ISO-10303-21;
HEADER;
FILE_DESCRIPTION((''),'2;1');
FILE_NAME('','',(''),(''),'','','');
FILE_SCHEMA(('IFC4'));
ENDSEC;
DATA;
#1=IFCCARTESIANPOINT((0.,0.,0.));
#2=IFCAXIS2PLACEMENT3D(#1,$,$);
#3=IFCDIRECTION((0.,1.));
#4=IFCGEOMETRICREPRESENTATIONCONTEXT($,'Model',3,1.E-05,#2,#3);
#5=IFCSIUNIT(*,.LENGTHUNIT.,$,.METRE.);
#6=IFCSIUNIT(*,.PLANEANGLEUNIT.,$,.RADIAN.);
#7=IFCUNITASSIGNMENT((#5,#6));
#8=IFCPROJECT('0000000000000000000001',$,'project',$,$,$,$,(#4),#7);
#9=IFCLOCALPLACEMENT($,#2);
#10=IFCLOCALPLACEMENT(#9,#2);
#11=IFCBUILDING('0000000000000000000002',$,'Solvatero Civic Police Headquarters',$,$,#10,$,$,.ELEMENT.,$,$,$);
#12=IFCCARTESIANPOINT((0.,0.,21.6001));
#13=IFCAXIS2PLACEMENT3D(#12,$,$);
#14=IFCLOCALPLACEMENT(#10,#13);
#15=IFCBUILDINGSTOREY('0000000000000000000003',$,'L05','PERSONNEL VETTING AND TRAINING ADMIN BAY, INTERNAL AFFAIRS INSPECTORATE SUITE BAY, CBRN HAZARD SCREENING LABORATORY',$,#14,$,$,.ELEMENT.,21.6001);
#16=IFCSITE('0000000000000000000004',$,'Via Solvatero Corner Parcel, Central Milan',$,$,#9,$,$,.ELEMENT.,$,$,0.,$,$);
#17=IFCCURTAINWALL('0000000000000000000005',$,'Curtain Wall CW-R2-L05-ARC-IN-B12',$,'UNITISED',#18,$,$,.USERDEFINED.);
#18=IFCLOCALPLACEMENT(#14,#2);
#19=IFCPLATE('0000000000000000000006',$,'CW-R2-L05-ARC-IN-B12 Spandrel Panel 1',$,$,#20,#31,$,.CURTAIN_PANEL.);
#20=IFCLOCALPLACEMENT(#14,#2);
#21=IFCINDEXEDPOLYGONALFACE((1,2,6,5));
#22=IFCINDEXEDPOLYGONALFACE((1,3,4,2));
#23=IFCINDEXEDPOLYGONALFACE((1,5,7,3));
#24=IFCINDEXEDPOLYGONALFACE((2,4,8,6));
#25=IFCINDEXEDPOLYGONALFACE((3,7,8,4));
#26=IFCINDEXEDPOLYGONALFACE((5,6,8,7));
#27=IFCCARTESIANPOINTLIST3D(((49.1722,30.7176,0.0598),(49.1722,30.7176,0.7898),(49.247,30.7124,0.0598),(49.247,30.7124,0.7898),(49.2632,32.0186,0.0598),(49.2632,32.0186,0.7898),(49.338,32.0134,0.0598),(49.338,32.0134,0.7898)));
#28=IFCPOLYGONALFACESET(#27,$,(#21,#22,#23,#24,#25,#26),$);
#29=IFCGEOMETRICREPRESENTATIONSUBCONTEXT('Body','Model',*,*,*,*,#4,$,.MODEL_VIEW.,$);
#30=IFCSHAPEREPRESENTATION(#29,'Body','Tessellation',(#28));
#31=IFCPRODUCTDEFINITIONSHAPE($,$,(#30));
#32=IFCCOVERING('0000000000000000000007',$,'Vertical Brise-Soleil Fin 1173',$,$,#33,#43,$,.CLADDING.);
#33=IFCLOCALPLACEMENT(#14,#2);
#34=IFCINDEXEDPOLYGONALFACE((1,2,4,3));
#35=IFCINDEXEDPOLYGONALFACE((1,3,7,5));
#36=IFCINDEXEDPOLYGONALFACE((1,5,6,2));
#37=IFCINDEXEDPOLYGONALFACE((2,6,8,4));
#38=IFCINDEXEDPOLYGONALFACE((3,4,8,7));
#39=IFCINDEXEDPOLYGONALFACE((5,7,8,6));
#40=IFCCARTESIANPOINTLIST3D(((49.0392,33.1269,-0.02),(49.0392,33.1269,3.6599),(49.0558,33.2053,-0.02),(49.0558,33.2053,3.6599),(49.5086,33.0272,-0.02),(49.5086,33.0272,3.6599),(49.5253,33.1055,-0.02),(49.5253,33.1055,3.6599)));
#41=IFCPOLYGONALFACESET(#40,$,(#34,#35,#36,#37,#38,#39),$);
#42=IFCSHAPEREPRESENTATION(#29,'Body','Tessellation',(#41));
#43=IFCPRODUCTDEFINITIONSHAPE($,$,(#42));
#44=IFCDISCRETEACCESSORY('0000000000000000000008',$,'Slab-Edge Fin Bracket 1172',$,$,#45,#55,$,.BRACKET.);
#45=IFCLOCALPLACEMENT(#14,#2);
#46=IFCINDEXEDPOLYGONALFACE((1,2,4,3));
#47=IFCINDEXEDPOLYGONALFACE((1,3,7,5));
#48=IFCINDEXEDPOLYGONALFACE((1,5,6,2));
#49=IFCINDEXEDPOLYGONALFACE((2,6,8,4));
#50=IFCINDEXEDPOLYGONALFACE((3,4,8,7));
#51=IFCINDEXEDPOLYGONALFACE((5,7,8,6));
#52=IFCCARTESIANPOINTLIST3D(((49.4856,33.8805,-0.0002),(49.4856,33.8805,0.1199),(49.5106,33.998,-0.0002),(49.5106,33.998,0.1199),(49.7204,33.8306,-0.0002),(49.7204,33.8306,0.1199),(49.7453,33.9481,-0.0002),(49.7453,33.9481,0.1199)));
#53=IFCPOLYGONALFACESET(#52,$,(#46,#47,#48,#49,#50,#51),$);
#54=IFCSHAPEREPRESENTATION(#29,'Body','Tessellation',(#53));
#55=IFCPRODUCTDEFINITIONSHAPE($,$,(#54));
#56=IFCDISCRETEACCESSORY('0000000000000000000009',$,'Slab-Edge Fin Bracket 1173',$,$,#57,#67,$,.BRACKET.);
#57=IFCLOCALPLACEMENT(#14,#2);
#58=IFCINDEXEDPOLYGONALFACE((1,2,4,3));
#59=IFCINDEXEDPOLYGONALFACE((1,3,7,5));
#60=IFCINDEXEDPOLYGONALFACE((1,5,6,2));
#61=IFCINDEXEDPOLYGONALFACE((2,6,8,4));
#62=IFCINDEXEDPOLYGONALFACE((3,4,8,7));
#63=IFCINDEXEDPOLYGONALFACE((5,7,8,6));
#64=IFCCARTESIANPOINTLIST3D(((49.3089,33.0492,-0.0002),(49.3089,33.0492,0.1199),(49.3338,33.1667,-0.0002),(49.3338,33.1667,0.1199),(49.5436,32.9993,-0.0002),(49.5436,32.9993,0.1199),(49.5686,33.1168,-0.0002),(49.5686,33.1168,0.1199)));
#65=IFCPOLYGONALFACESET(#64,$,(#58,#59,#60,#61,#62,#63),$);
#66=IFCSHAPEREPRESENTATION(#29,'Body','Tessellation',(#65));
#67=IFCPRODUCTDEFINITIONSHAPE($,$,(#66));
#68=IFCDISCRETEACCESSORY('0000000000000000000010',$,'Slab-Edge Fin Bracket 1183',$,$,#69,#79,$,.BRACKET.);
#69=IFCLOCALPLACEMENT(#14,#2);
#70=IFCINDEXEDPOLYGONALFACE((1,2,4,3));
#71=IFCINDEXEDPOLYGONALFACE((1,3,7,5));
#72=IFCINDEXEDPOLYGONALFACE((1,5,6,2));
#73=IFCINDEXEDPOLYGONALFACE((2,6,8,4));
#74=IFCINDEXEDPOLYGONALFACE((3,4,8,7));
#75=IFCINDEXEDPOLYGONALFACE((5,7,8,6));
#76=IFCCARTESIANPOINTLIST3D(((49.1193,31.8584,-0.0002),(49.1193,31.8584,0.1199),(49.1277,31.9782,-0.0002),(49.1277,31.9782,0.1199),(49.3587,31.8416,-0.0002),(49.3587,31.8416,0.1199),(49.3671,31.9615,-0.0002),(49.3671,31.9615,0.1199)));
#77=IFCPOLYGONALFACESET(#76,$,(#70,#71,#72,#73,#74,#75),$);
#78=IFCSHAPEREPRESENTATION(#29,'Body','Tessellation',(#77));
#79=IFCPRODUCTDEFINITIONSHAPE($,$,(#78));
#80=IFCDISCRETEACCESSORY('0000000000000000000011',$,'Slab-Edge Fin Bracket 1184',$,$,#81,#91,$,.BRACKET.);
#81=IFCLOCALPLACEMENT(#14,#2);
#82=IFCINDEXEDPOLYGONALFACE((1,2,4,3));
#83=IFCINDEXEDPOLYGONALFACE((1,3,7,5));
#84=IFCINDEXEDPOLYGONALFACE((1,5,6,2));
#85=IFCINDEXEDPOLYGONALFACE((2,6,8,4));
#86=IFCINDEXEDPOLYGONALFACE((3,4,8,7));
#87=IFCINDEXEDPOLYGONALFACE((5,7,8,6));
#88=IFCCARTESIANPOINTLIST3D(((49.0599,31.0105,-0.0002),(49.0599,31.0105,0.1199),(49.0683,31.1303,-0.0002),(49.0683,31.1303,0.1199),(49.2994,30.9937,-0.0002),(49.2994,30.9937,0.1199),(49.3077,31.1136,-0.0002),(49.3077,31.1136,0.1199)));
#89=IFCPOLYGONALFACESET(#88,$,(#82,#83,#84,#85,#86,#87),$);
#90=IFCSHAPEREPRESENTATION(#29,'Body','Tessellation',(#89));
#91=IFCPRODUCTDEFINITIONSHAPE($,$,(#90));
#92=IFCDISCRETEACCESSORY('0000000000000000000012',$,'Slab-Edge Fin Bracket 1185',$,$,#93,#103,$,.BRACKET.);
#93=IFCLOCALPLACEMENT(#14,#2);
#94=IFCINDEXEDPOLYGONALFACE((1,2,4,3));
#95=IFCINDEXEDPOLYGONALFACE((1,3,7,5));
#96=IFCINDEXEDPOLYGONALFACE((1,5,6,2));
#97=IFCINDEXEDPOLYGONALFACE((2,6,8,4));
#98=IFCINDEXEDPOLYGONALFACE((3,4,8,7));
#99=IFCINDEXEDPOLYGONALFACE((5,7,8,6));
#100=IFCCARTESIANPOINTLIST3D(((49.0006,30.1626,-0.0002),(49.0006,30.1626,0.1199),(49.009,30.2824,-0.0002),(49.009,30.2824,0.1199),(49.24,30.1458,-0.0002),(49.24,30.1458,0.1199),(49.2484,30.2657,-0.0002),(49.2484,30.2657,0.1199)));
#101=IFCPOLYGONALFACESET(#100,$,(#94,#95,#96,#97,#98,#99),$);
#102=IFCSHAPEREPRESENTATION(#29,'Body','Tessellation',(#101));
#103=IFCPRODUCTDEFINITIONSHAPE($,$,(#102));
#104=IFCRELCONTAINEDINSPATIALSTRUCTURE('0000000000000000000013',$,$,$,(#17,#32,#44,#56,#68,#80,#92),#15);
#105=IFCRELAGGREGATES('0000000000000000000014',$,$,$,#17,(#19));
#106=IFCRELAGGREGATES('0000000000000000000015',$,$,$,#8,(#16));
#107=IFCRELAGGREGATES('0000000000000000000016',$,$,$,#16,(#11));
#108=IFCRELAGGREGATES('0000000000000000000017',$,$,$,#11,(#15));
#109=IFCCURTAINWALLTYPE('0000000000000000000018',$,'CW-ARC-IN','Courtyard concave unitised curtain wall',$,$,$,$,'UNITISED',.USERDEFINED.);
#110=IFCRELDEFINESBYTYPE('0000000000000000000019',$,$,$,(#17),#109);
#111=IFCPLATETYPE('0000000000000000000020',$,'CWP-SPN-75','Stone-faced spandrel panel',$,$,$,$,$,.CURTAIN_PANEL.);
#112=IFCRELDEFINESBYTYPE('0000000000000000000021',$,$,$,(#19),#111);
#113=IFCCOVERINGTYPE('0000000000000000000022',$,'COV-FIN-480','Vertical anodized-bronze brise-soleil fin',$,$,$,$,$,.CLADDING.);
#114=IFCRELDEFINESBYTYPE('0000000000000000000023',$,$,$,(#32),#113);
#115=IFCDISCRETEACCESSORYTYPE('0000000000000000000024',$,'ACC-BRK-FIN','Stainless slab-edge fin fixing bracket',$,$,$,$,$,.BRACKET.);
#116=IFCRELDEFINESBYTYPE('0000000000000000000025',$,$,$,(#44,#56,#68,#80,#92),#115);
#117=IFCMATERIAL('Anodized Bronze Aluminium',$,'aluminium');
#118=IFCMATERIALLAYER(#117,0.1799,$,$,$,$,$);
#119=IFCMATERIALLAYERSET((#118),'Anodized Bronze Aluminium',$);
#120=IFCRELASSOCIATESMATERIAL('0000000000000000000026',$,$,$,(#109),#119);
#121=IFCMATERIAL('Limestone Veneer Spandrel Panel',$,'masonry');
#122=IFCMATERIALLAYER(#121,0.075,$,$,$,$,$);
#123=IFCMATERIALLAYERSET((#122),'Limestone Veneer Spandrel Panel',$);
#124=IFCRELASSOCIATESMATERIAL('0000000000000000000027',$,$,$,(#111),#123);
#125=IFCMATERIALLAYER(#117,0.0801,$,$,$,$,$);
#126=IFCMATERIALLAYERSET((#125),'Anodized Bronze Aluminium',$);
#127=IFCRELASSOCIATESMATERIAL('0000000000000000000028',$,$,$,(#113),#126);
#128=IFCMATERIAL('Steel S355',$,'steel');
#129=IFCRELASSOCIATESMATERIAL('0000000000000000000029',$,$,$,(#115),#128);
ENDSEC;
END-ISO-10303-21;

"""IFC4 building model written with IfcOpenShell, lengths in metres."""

from ifc_helpers import new_model, si_unit, direction, frame, origin, origin_2d, place, context, subcontext, project, spatial, rectangle, extrude, material, layer, layer_set, type_object, element, aggregate, save


model = new_model("IFC4")

# Units and contexts
model_context = context("Model", 3, precision=1e-05, world=origin(), true_north=direction((0.0, 1.0)))
body_context = subcontext(model_context, "Body", "Model", "MODEL_VIEW")
ifc_project = project(units=[si_unit("LENGTHUNIT", "METRE"), si_unit("PLANEANGLEUNIT", "RADIAN")], contexts=[model_context])

# Site, building, storey
site_placement = place(None, origin())
site = spatial("IfcSite", under=ifc_project, at=site_placement, Name="Via Solvatero Corner Parcel, Central Milan", CompositionType="ELEMENT", RefElevation=0.0)
building_placement = place(site_placement, origin())
building = spatial("IfcBuilding", under=site, at=building_placement, Name="Solvatero Civic Police Headquarters", CompositionType="ELEMENT")
storey_placement = place(building_placement, frame((0.0, 0.0, 21.6001)))
storey = spatial("IfcBuildingStorey", under=building, at=storey_placement, Name="L05", Description="PERSONNEL VETTING AND TRAINING ADMIN BAY, INTERNAL AFFAIRS INSPECTORATE SUITE BAY, CBRN HAZARD SCREENING LABORATORY", CompositionType="ELEMENT", Elevation=21.6001)

# Curtain wall
ifc_material_1 = material(Name="Anodized Bronze Aluminium", Category="aluminium")
ifc_layer_1 = layer(ifc_material_1, 0.1799)
ifc_layer_set_1 = layer_set([ifc_layer_1], Name="Anodized Bronze Aluminium")
curtain_wall_type = type_object("IfcCurtainWallType", Name="CW-ARC-IN", Description="Courtyard concave unitised curtain wall", ElementType="UNITISED", PredefinedType="USERDEFINED", material=ifc_layer_set_1)
curtain_wall_1_placement = place(storey_placement, origin())
curtain_wall_1 = element("IfcCurtainWall", 1, at=curtain_wall_1_placement, inside=storey, type_object=curtain_wall_type, Name="Curtain Wall CW-R2-L05-ARC-IN-B12", ObjectType="UNITISED", PredefinedType="USERDEFINED")

# Plate
ifc_material_2 = material(Name="Limestone Veneer Spandrel Panel", Category="masonry")
ifc_layer_2 = layer(ifc_material_2, 0.075)
ifc_layer_set_2 = layer_set([ifc_layer_2], Name="Limestone Veneer Spandrel Panel")
plate_type_1 = type_object("IfcPlateType", Name="CWP-SPN-75", Description="Stone-faced spandrel panel", PredefinedType="CURTAIN_PANEL", material=ifc_layer_set_2)
plate_1_placement = place(storey_placement, frame((49.2551, 31.3655, 0.0598), z_axis=(0.0, 0.0, 1.0), x_axis=(-0.069774, -0.997563, 0.0)))
plate_1 = element("IfcPlate", 2, at=plate_1_placement, type_object=plate_type_1, Name="CW-R2-L05-ARC-IN-B12 Spandrel Panel 1", PredefinedType="CURTAIN_PANEL", context=body_context, shape_type="SweptSolid", body=[
    extrude(rectangle(XDim=1.3042, YDim=0.075, at=origin_2d()), origin(), (0.0, 0.0, 1.0), 0.73),
])
aggregate(curtain_wall_1, [plate_1])

# Covering
ifc_layer_3 = layer(ifc_material_1, 0.0801)
ifc_layer_set_3 = layer_set([ifc_layer_3], Name="Anodized Bronze Aluminium")
covering_type = type_object("IfcCoveringType", Name="COV-FIN-480", Description="Vertical anodized-bronze brise-soleil fin", PredefinedType="CLADDING", material=ifc_layer_set_3)
covering_placement = place(storey_placement, frame((49.2822, 33.1162, -0.02), z_axis=(0.0, 0.0, 1.0), x_axis=(-0.207895, -0.978151, 0.0)))
element("IfcCovering", 3, at=covering_placement, inside=storey, type_object=covering_type, Name="Vertical Brise-Soleil Fin 1173", PredefinedType="CLADDING", context=body_context, shape_type="SweptSolid", body=[
    extrude(rectangle(XDim=0.0801, YDim=0.48, at=origin_2d()), origin(), (0.0, 0.0, 1.0), 3.6799),
])

# Discrete accessories
ifc_material_3 = material(Name="Steel S355", Category="steel")
discrete_accessory_type = type_object("IfcDiscreteAccessoryType", Name="ACC-BRK-FIN", Description="Stainless slab-edge fin fixing bracket", PredefinedType="BRACKET", material=ifc_material_3)
for number, where, z_axis, x_axis, name in (
    (4, (49.6155, 33.9143, -0.0002), (0.0, 0.0, 1.0), (-0.207895, -0.978151, 0.0), "Slab-Edge Fin Bracket 1172"),
    (5, (49.4387, 33.083, -0.0002), (0.0, 0.0, 1.0), (-0.207895, -0.978151, 0.0), "Slab-Edge Fin Bracket 1173"),
    (6, (49.2432, 31.9099, -0.0002), (0.0, 0.0, 1.0), (-0.069774, -0.997563, 0.0), "Slab-Edge Fin Bracket 1183"),
    (7, (49.1838, 31.062, -0.0002), (0.0, 0.0, 1.0), (-0.069774, -0.997563, 0.0), "Slab-Edge Fin Bracket 1184"),
    (8, (49.1245, 30.2141, -0.0002), (0.0, 0.0, 1.0), (-0.069774, -0.997563, 0.0), "Slab-Edge Fin Bracket 1185"),
):
    element("IfcDiscreteAccessory", number, at=place(storey_placement, frame(where, z_axis=z_axis, x_axis=x_axis)), inside=storey, type_object=discrete_accessory_type, Name=name, PredefinedType="BRACKET", context=body_context, shape_type="SweptSolid", body=[
        extrude(rectangle(XDim=0.1201, YDim=0.24, at=origin_2d()), origin(), (0.0, 0.0, 1.0), 0.1201),
    ])

save(model, "model.ifc")
